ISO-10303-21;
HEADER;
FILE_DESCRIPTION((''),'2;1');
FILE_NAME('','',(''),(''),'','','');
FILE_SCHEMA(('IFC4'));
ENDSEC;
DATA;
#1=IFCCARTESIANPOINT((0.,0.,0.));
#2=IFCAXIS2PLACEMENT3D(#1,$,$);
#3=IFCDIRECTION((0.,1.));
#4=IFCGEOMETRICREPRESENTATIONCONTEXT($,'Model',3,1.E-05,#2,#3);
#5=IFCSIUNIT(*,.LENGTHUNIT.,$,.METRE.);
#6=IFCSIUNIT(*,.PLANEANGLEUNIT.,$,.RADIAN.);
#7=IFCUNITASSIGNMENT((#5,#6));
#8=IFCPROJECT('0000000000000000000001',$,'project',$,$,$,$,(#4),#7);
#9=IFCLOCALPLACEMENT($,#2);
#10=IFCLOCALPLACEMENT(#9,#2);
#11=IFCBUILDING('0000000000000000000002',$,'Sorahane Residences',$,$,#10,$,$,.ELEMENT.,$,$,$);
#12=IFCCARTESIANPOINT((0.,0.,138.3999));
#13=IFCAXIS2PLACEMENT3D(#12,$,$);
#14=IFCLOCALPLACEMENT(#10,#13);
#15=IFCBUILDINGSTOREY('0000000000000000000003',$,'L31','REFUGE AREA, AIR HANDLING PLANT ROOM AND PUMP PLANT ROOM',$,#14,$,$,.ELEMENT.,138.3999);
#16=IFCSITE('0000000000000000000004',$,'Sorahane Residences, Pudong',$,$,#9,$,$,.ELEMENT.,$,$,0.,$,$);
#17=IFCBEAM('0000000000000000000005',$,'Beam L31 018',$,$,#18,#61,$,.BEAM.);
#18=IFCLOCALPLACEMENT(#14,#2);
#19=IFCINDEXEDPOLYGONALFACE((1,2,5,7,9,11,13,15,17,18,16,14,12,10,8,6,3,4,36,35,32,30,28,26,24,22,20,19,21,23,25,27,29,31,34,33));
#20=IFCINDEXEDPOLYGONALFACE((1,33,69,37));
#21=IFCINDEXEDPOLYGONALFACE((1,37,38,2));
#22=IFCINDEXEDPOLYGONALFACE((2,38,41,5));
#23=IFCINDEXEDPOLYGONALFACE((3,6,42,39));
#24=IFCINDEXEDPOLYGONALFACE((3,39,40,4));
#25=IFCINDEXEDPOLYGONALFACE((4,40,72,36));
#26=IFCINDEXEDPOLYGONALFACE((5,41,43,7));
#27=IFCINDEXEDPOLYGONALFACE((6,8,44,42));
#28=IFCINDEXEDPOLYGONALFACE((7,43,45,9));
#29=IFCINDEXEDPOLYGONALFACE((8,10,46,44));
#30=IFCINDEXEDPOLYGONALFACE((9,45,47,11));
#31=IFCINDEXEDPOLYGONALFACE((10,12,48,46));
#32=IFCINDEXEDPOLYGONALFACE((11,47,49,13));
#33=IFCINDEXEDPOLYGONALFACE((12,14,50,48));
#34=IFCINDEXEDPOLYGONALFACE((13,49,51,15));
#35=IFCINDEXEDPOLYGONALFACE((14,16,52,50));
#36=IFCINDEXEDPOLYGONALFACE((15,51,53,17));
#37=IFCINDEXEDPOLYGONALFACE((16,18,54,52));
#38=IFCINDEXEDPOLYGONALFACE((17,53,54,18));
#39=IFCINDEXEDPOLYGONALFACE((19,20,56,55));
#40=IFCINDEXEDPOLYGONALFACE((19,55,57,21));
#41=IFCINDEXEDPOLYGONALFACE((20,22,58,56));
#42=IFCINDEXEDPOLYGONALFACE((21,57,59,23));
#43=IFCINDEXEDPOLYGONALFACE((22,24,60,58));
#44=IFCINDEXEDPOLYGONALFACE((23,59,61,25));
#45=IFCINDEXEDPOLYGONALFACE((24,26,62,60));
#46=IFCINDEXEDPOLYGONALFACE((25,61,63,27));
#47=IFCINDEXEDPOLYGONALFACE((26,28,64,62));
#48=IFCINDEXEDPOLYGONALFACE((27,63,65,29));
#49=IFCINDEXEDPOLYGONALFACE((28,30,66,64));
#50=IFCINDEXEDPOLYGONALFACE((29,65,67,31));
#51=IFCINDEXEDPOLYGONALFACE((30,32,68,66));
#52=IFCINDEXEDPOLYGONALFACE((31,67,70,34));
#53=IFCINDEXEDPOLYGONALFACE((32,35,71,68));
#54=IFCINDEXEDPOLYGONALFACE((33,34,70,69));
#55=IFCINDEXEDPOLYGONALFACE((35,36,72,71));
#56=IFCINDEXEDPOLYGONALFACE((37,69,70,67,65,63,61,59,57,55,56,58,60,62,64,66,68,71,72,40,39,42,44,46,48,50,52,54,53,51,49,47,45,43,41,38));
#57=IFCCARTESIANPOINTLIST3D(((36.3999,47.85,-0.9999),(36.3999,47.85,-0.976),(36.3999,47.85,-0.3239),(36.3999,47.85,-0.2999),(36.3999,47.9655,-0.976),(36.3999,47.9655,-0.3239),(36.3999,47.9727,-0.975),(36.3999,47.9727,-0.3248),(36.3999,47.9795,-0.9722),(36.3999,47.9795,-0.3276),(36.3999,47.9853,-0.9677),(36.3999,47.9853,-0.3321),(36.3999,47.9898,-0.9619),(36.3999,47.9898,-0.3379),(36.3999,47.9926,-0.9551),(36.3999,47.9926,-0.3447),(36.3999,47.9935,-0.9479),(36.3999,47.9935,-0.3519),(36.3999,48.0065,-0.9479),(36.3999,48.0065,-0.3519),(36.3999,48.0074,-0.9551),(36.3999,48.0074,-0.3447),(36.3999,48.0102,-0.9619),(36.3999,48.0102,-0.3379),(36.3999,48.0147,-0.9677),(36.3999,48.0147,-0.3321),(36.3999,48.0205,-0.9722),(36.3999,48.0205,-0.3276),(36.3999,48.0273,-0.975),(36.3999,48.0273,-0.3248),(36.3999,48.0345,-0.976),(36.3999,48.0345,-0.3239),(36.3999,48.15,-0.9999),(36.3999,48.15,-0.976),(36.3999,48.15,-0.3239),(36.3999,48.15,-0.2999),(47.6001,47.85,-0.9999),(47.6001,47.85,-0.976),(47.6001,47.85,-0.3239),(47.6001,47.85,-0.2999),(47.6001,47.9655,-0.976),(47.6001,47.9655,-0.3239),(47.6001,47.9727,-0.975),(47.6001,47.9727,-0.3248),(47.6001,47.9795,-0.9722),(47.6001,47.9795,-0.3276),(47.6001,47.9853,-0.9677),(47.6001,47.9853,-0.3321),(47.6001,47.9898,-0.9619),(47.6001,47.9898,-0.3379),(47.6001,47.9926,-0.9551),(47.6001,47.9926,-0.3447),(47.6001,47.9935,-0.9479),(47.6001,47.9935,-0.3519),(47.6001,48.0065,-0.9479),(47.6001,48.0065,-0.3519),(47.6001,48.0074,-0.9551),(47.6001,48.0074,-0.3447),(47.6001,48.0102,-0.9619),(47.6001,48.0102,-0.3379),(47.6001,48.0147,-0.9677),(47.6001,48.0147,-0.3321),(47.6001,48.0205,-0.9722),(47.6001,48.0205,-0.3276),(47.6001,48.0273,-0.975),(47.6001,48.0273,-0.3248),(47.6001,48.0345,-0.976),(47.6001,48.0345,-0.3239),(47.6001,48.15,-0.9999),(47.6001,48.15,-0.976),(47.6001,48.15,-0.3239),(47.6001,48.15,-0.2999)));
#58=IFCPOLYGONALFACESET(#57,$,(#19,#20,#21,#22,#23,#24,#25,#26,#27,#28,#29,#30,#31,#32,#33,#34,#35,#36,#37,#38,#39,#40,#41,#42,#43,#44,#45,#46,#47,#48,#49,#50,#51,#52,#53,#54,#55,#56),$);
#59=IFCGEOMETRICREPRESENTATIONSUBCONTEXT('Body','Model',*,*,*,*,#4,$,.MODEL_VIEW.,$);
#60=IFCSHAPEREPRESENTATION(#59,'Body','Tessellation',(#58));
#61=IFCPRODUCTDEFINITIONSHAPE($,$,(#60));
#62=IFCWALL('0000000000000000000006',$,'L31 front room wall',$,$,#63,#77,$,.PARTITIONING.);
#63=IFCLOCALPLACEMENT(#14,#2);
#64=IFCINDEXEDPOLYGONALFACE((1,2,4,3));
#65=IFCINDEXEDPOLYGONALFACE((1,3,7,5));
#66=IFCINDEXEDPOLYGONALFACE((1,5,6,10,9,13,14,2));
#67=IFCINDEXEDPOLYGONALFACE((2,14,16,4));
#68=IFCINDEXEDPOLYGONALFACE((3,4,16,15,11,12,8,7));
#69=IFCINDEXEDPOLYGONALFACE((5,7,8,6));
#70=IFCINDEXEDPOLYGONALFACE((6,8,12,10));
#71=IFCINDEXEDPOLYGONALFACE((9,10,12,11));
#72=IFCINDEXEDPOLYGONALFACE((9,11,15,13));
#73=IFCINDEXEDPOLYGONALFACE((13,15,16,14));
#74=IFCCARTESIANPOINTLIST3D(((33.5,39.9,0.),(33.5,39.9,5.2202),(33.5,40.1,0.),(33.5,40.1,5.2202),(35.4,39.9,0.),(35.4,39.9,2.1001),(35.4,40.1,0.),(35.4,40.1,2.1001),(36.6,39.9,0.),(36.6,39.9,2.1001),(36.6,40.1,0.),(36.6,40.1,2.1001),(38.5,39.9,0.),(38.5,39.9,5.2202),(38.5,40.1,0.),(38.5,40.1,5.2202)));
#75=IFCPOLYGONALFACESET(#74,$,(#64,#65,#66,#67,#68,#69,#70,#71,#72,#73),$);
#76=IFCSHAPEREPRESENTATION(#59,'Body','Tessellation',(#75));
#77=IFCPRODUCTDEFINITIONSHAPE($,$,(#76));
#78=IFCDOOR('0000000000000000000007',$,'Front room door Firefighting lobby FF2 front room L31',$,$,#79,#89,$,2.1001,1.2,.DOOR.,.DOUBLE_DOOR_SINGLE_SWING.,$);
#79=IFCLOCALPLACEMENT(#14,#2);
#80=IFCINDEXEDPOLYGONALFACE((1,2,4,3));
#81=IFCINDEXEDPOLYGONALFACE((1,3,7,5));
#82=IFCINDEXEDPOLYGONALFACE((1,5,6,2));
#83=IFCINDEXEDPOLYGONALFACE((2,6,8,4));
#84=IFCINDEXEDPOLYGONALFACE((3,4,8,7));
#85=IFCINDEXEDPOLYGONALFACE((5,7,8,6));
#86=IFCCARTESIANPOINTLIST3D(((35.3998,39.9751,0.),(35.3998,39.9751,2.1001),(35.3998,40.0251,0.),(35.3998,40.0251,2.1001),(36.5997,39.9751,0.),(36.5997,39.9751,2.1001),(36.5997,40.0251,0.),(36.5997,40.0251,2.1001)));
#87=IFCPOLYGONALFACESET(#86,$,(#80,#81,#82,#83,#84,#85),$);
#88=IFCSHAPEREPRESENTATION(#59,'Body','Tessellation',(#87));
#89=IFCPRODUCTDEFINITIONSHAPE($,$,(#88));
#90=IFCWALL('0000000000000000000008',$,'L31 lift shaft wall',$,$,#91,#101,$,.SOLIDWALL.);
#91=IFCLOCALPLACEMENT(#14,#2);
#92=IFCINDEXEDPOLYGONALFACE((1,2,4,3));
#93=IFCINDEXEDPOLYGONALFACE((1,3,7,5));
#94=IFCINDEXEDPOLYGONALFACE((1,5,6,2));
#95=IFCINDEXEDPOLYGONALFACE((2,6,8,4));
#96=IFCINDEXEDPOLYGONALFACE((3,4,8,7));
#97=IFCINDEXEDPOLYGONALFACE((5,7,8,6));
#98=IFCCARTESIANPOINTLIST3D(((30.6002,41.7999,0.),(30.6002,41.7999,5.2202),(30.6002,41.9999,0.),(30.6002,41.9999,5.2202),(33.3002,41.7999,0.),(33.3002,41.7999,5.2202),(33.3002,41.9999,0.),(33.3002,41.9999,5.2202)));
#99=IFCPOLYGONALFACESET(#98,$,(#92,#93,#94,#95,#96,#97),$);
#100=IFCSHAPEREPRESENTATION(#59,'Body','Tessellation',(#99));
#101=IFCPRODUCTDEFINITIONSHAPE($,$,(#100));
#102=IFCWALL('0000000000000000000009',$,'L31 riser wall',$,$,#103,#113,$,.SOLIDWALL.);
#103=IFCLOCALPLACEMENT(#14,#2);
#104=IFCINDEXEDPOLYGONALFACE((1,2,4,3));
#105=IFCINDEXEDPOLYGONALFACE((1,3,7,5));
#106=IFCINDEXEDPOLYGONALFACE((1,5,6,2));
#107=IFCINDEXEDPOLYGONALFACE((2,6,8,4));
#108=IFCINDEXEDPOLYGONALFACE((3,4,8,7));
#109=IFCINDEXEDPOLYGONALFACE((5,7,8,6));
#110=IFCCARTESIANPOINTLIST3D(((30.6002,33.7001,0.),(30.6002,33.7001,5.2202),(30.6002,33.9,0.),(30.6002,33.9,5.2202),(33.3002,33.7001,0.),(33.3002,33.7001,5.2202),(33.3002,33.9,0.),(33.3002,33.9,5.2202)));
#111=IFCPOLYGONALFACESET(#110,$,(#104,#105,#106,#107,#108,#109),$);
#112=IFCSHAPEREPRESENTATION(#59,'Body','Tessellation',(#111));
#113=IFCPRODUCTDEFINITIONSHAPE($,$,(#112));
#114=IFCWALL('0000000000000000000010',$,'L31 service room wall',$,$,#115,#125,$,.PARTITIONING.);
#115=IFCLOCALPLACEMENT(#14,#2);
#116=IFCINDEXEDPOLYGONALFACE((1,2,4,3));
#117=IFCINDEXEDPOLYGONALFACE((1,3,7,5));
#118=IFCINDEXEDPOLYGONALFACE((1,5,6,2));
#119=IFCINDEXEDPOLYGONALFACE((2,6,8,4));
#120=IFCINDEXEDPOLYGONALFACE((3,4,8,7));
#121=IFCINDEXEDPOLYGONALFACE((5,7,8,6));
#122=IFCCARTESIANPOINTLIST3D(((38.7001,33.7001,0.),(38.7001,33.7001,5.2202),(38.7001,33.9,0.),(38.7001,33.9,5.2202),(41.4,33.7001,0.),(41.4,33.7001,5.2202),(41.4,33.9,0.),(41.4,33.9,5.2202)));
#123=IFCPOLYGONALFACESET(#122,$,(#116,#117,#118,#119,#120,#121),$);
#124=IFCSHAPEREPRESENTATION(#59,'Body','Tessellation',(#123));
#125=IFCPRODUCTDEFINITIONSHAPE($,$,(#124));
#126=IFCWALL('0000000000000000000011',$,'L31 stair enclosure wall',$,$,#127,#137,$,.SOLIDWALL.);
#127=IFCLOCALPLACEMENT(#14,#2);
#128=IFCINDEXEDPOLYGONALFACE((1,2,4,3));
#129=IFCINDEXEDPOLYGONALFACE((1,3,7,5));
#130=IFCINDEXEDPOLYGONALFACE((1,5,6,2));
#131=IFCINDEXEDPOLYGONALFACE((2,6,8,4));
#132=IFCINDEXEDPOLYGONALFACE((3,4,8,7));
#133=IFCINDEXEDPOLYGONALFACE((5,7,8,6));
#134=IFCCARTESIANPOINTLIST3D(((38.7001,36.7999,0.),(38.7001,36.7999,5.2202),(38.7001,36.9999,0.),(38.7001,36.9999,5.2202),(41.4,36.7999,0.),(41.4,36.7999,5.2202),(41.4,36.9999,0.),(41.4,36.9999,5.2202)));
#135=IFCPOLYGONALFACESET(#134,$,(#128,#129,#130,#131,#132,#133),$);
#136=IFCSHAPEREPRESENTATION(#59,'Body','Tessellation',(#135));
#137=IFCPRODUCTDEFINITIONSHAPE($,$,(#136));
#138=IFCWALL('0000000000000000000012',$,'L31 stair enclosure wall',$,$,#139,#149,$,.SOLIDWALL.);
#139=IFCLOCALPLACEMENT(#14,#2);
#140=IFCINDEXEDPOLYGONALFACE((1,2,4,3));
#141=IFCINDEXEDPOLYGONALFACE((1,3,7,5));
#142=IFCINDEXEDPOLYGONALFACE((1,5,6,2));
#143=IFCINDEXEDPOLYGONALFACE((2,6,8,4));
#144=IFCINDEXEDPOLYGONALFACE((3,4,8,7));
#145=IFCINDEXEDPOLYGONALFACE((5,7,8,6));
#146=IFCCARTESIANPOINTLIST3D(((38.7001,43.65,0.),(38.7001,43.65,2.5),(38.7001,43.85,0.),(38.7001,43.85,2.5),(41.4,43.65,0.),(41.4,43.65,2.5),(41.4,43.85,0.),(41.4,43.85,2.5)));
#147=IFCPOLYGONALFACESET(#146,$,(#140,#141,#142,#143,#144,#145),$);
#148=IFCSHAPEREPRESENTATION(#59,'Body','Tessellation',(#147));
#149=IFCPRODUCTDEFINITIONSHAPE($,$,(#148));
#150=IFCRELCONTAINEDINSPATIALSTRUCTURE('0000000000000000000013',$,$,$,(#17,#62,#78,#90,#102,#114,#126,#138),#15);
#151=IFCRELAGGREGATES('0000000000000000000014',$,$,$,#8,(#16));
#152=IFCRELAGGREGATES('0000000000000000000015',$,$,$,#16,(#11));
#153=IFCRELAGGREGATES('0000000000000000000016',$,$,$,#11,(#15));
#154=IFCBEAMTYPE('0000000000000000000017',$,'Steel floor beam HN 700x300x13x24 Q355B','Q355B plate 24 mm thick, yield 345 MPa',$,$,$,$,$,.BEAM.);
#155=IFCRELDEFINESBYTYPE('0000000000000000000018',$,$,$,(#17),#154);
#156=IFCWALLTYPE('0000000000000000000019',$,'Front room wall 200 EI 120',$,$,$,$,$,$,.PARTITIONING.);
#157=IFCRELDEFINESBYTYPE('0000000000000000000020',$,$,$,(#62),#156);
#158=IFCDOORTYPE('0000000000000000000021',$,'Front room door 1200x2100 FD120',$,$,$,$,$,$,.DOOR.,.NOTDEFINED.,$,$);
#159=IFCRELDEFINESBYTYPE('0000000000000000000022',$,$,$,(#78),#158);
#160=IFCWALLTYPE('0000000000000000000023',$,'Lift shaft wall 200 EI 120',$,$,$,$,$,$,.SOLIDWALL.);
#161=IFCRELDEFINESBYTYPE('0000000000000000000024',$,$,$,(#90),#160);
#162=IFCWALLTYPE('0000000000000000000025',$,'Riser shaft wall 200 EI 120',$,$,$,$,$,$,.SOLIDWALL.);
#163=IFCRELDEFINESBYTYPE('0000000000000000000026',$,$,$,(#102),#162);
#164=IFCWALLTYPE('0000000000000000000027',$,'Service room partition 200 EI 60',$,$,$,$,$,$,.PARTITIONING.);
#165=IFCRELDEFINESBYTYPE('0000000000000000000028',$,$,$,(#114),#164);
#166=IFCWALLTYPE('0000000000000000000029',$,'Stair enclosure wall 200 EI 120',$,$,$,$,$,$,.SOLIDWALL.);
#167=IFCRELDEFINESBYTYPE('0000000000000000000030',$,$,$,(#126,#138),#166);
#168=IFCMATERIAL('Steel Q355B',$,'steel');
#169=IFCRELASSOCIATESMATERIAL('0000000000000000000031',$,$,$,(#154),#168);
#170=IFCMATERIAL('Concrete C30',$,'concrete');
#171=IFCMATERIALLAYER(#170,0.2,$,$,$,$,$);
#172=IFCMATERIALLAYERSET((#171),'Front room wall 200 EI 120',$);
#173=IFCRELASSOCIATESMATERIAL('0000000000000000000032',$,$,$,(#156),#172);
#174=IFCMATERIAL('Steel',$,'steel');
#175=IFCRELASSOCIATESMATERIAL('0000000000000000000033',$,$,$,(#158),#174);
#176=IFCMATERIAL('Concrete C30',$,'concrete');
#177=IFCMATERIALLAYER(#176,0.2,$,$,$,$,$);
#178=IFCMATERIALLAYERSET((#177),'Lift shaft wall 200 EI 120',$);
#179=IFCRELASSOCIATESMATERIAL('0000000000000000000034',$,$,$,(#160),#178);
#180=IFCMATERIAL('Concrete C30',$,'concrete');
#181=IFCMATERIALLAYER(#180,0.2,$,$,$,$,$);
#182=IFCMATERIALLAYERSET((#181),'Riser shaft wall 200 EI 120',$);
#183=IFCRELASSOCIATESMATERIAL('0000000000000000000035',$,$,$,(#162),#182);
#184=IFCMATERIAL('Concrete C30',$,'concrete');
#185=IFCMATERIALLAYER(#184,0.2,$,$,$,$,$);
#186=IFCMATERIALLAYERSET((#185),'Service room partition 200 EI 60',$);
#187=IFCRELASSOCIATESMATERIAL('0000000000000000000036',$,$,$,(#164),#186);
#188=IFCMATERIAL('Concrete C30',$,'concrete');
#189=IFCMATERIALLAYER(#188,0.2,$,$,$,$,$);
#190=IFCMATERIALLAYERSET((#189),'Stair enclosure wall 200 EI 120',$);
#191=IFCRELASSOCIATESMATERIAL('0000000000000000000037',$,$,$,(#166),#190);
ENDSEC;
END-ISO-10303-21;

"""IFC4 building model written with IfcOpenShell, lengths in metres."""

from ifc_helpers import new_model, si_unit, direction, frame, frame_2d, origin, origin_2d, place, context, subcontext, project, spatial, rectangle, i_section, extrude, material, layer, layer_set, material_profile, profile_set, type_object, element, fill, save


model = new_model("IFC4")

# Units and contexts
model_context = context("Model", 3, precision=1e-05, world=origin(), true_north=direction((0.0, 1.0)))
body_context = subcontext(model_context, "Body", "Model", "MODEL_VIEW")
ifc_project = project(units=[si_unit("LENGTHUNIT", "METRE"), si_unit("PLANEANGLEUNIT", "RADIAN")], contexts=[model_context])

# Site, building, storey
site_placement = place(None, origin())
site = spatial("IfcSite", under=ifc_project, at=site_placement, Name="Sorahane Residences, Pudong", CompositionType="ELEMENT", RefElevation=0.0)
building_placement = place(site_placement, origin())
building = spatial("IfcBuilding", under=site, at=building_placement, Name="Sorahane Residences", CompositionType="ELEMENT")
storey_placement = place(building_placement, frame((0.0, 0.0, 138.3999)))
storey = spatial("IfcBuildingStorey", under=building, at=storey_placement, Name="L31", Description="REFUGE AREA, AIR HANDLING PLANT ROOM AND PUMP PLANT ROOM", CompositionType="ELEMENT", Elevation=138.3999)

# Beam
ifc_material_1 = material(Name="Steel Q355B", Category="steel")
ifc_material_profile_1 = material_profile(ifc_material_1, i_section(OverallWidth=0.3, OverallDepth=0.7, WebThickness=0.0129, FlangeThickness=0.0239, FilletRadius=0.0281, at=origin_2d()), Name="HN 700x300x13x24")
ifc_profile_set_1 = profile_set([ifc_material_profile_1], Name="Steel Q355B")
beam_type_1 = type_object("IfcBeamType", Name="Steel floor beam HN 700x300x13x24 Q355B", Description="Q355B plate 24 mm thick, yield 345 MPa", PredefinedType="BEAM", material=ifc_profile_set_1)
beam_1_placement = place(storey_placement, frame((36.3999, 48.0, -0.6499), z_axis=(1.0, 0.0, 0.0), x_axis=(0.0, 1.0, 0.0)))
element("IfcBeam", 1, at=beam_1_placement, inside=storey, type_object=beam_type_1, Name="Beam L31 018", PredefinedType="BEAM", context=body_context, shape_type="SweptSolid", body=[
    extrude(i_section(OverallWidth=0.3, OverallDepth=0.7, WebThickness=0.0129, FlangeThickness=0.0239, FilletRadius=0.0281, at=origin_2d()), origin(), (0.0, 0.0, 1.0), 11.2002),
])

# Wall, opening, door
ifc_material_2 = material(Name="Concrete C30", Category="concrete")
ifc_layer_1 = layer(ifc_material_2, 0.2)
ifc_layer_set_1 = layer_set([ifc_layer_1], Name="Front room wall 200 EI 120")
wall_type_1 = type_object("IfcWallType", Name="Front room wall 200 EI 120", PredefinedType="PARTITIONING", material=ifc_layer_set_1)
wall_1_placement = place(storey_placement, frame((33.5, 40.0, 0.0), z_axis=(0.0, 0.0, 1.0), x_axis=(1.0, 0.0, 0.0)))
wall_1 = element("IfcWall", 2, at=wall_1_placement, inside=storey, type_object=wall_type_1, Name="L31 front room wall", PredefinedType="PARTITIONING", context=body_context, shape_type="SweptSolid", body=[
    extrude(rectangle(XDim=5.0, YDim=0.2, at=frame_2d((2.5, 0.0))), origin(), (0.0, 0.0, 1.0), 5.2202),
])
opening_placement = place(wall_1_placement, frame((1.8999, 0.0, 0.0)))
opening = element("IfcOpeningElement", 3, at=opening_placement, cuts=wall_1, PredefinedType="OPENING", context=body_context, shape_type="SweptSolid", body=[
    extrude(rectangle(XDim=1.2, YDim=2.1001, at=frame_2d((0.6001, 1.05))), frame((0.0, 0.1099, 0.0), z_axis=(0.0, -1.0, 0.0), x_axis=(1.0, 0.0, 0.0)), (0.0, 0.0, 1.0), 0.22),
])
ifc_material_3 = material(Name="Steel", Category="steel")
door_type = type_object("IfcDoorType", Name="Front room door 1200x2100 FD120", OperationType="NOTDEFINED", PredefinedType="DOOR", material=ifc_material_3)
door_placement = place(opening_placement, frame((1.2, 0.0, 0.0), z_axis=(0.0, 0.0, 1.0), x_axis=(-1.0, 0.0, 0.0)))
door = element("IfcDoor", 4, at=door_placement, inside=storey, type_object=door_type, Name="Front room door Firefighting lobby FF2 front room L31", OperationType="DOUBLE_DOOR_SINGLE_SWING", OverallHeight=2.1001, OverallWidth=1.2, PredefinedType="DOOR", context=body_context, shape_type="SweptSolid", body=[
    extrude(rectangle(XDim=1.2, YDim=2.1001, at=frame_2d((0.6001, 1.05))), frame((0.0, 0.0249, 0.0), z_axis=(0.0, -1.0, 0.0), x_axis=(1.0, 0.0, 0.0)), (0.0, 0.0, 1.0), 0.05),
])
fill(opening, door)

# Walls
ifc_material_4 = material(Name="Concrete C30", Category="concrete")
ifc_layer_2 = layer(ifc_material_4, 0.2)
ifc_layer_set_2 = layer_set([ifc_layer_2], Name="Lift shaft wall 200 EI 120")
wall_type_2 = type_object("IfcWallType", Name="Lift shaft wall 200 EI 120", PredefinedType="SOLIDWALL", material=ifc_layer_set_2)
wall_2_placement = place(storey_placement, frame((30.6001, 41.8999, 0.0), z_axis=(0.0, 0.0, 1.0), x_axis=(1.0, 0.0, 0.0)))
element("IfcWall", 5, at=wall_2_placement, inside=storey, type_object=wall_type_2, Name="L31 lift shaft wall", PredefinedType="SOLIDWALL", context=body_context, shape_type="SweptSolid", body=[
    extrude(rectangle(XDim=2.7, YDim=0.2, at=frame_2d((1.3501, 0.0))), origin(), (0.0, 0.0, 1.0), 5.2202),
])
ifc_material_5 = material(Name="Concrete C30", Category="concrete")
ifc_layer_3 = layer(ifc_material_5, 0.2)
ifc_layer_set_3 = layer_set([ifc_layer_3], Name="Riser shaft wall 200 EI 120")
wall_type_3 = type_object("IfcWallType", Name="Riser shaft wall 200 EI 120", PredefinedType="SOLIDWALL", material=ifc_layer_set_3)
wall_3_placement = place(storey_placement, frame((30.6001, 33.8, 0.0), z_axis=(0.0, 0.0, 1.0), x_axis=(1.0, 0.0, 0.0)))
element("IfcWall", 6, at=wall_3_placement, inside=storey, type_object=wall_type_3, Name="L31 riser wall", PredefinedType="SOLIDWALL", context=body_context, shape_type="SweptSolid", body=[
    extrude(rectangle(XDim=2.7, YDim=0.2, at=frame_2d((1.3501, 0.0))), origin(), (0.0, 0.0, 1.0), 5.2202),
])
ifc_material_6 = material(Name="Concrete C30", Category="concrete")
ifc_layer_4 = layer(ifc_material_6, 0.2)
ifc_layer_set_4 = layer_set([ifc_layer_4], Name="Service room partition 200 EI 60")
wall_type_4 = type_object("IfcWallType", Name="Service room partition 200 EI 60", PredefinedType="PARTITIONING", material=ifc_layer_set_4)
wall_4_placement = place(storey_placement, frame((38.7, 33.8, 0.0), z_axis=(0.0, 0.0, 1.0), x_axis=(1.0, 0.0, 0.0)))
element("IfcWall", 7, at=wall_4_placement, inside=storey, type_object=wall_type_4, Name="L31 service room wall", PredefinedType="PARTITIONING", context=body_context, shape_type="SweptSolid", body=[
    extrude(rectangle(XDim=2.7, YDim=0.2, at=frame_2d((1.3501, 0.0))), origin(), (0.0, 0.0, 1.0), 5.2202),
])
ifc_material_7 = material(Name="Concrete C30", Category="concrete")
ifc_layer_5 = layer(ifc_material_7, 0.2)
ifc_layer_set_5 = layer_set([ifc_layer_5], Name="Stair enclosure wall 200 EI 120")
wall_type_5 = type_object("IfcWallType", Name="Stair enclosure wall 200 EI 120", PredefinedType="SOLIDWALL", material=ifc_layer_set_5)
wall_5_placement = place(storey_placement, frame((38.7, 36.8999, 0.0), z_axis=(0.0, 0.0, 1.0), x_axis=(1.0, 0.0, 0.0)))
element("IfcWall", 8, at=wall_5_placement, inside=storey, type_object=wall_type_5, Name="L31 stair enclosure wall", PredefinedType="SOLIDWALL", context=body_context, shape_type="SweptSolid", body=[
    extrude(rectangle(XDim=2.7, YDim=0.2, at=frame_2d((1.3501, 0.0))), origin(), (0.0, 0.0, 1.0), 5.2202),
])
wall_6_placement = place(storey_placement, frame((38.7, 43.75, 0.0), z_axis=(0.0, 0.0, 1.0), x_axis=(1.0, 0.0, 0.0)))
element("IfcWall", 9, at=wall_6_placement, inside=storey, type_object=wall_type_5, Name="L31 stair enclosure wall", PredefinedType="SOLIDWALL", context=body_context, shape_type="SweptSolid", body=[
    extrude(rectangle(XDim=2.7, YDim=0.2, at=frame_2d((1.3501, 0.0))), origin(), (0.0, 0.0, 1.0), 2.5),
])

save(model, "model.ifc")
